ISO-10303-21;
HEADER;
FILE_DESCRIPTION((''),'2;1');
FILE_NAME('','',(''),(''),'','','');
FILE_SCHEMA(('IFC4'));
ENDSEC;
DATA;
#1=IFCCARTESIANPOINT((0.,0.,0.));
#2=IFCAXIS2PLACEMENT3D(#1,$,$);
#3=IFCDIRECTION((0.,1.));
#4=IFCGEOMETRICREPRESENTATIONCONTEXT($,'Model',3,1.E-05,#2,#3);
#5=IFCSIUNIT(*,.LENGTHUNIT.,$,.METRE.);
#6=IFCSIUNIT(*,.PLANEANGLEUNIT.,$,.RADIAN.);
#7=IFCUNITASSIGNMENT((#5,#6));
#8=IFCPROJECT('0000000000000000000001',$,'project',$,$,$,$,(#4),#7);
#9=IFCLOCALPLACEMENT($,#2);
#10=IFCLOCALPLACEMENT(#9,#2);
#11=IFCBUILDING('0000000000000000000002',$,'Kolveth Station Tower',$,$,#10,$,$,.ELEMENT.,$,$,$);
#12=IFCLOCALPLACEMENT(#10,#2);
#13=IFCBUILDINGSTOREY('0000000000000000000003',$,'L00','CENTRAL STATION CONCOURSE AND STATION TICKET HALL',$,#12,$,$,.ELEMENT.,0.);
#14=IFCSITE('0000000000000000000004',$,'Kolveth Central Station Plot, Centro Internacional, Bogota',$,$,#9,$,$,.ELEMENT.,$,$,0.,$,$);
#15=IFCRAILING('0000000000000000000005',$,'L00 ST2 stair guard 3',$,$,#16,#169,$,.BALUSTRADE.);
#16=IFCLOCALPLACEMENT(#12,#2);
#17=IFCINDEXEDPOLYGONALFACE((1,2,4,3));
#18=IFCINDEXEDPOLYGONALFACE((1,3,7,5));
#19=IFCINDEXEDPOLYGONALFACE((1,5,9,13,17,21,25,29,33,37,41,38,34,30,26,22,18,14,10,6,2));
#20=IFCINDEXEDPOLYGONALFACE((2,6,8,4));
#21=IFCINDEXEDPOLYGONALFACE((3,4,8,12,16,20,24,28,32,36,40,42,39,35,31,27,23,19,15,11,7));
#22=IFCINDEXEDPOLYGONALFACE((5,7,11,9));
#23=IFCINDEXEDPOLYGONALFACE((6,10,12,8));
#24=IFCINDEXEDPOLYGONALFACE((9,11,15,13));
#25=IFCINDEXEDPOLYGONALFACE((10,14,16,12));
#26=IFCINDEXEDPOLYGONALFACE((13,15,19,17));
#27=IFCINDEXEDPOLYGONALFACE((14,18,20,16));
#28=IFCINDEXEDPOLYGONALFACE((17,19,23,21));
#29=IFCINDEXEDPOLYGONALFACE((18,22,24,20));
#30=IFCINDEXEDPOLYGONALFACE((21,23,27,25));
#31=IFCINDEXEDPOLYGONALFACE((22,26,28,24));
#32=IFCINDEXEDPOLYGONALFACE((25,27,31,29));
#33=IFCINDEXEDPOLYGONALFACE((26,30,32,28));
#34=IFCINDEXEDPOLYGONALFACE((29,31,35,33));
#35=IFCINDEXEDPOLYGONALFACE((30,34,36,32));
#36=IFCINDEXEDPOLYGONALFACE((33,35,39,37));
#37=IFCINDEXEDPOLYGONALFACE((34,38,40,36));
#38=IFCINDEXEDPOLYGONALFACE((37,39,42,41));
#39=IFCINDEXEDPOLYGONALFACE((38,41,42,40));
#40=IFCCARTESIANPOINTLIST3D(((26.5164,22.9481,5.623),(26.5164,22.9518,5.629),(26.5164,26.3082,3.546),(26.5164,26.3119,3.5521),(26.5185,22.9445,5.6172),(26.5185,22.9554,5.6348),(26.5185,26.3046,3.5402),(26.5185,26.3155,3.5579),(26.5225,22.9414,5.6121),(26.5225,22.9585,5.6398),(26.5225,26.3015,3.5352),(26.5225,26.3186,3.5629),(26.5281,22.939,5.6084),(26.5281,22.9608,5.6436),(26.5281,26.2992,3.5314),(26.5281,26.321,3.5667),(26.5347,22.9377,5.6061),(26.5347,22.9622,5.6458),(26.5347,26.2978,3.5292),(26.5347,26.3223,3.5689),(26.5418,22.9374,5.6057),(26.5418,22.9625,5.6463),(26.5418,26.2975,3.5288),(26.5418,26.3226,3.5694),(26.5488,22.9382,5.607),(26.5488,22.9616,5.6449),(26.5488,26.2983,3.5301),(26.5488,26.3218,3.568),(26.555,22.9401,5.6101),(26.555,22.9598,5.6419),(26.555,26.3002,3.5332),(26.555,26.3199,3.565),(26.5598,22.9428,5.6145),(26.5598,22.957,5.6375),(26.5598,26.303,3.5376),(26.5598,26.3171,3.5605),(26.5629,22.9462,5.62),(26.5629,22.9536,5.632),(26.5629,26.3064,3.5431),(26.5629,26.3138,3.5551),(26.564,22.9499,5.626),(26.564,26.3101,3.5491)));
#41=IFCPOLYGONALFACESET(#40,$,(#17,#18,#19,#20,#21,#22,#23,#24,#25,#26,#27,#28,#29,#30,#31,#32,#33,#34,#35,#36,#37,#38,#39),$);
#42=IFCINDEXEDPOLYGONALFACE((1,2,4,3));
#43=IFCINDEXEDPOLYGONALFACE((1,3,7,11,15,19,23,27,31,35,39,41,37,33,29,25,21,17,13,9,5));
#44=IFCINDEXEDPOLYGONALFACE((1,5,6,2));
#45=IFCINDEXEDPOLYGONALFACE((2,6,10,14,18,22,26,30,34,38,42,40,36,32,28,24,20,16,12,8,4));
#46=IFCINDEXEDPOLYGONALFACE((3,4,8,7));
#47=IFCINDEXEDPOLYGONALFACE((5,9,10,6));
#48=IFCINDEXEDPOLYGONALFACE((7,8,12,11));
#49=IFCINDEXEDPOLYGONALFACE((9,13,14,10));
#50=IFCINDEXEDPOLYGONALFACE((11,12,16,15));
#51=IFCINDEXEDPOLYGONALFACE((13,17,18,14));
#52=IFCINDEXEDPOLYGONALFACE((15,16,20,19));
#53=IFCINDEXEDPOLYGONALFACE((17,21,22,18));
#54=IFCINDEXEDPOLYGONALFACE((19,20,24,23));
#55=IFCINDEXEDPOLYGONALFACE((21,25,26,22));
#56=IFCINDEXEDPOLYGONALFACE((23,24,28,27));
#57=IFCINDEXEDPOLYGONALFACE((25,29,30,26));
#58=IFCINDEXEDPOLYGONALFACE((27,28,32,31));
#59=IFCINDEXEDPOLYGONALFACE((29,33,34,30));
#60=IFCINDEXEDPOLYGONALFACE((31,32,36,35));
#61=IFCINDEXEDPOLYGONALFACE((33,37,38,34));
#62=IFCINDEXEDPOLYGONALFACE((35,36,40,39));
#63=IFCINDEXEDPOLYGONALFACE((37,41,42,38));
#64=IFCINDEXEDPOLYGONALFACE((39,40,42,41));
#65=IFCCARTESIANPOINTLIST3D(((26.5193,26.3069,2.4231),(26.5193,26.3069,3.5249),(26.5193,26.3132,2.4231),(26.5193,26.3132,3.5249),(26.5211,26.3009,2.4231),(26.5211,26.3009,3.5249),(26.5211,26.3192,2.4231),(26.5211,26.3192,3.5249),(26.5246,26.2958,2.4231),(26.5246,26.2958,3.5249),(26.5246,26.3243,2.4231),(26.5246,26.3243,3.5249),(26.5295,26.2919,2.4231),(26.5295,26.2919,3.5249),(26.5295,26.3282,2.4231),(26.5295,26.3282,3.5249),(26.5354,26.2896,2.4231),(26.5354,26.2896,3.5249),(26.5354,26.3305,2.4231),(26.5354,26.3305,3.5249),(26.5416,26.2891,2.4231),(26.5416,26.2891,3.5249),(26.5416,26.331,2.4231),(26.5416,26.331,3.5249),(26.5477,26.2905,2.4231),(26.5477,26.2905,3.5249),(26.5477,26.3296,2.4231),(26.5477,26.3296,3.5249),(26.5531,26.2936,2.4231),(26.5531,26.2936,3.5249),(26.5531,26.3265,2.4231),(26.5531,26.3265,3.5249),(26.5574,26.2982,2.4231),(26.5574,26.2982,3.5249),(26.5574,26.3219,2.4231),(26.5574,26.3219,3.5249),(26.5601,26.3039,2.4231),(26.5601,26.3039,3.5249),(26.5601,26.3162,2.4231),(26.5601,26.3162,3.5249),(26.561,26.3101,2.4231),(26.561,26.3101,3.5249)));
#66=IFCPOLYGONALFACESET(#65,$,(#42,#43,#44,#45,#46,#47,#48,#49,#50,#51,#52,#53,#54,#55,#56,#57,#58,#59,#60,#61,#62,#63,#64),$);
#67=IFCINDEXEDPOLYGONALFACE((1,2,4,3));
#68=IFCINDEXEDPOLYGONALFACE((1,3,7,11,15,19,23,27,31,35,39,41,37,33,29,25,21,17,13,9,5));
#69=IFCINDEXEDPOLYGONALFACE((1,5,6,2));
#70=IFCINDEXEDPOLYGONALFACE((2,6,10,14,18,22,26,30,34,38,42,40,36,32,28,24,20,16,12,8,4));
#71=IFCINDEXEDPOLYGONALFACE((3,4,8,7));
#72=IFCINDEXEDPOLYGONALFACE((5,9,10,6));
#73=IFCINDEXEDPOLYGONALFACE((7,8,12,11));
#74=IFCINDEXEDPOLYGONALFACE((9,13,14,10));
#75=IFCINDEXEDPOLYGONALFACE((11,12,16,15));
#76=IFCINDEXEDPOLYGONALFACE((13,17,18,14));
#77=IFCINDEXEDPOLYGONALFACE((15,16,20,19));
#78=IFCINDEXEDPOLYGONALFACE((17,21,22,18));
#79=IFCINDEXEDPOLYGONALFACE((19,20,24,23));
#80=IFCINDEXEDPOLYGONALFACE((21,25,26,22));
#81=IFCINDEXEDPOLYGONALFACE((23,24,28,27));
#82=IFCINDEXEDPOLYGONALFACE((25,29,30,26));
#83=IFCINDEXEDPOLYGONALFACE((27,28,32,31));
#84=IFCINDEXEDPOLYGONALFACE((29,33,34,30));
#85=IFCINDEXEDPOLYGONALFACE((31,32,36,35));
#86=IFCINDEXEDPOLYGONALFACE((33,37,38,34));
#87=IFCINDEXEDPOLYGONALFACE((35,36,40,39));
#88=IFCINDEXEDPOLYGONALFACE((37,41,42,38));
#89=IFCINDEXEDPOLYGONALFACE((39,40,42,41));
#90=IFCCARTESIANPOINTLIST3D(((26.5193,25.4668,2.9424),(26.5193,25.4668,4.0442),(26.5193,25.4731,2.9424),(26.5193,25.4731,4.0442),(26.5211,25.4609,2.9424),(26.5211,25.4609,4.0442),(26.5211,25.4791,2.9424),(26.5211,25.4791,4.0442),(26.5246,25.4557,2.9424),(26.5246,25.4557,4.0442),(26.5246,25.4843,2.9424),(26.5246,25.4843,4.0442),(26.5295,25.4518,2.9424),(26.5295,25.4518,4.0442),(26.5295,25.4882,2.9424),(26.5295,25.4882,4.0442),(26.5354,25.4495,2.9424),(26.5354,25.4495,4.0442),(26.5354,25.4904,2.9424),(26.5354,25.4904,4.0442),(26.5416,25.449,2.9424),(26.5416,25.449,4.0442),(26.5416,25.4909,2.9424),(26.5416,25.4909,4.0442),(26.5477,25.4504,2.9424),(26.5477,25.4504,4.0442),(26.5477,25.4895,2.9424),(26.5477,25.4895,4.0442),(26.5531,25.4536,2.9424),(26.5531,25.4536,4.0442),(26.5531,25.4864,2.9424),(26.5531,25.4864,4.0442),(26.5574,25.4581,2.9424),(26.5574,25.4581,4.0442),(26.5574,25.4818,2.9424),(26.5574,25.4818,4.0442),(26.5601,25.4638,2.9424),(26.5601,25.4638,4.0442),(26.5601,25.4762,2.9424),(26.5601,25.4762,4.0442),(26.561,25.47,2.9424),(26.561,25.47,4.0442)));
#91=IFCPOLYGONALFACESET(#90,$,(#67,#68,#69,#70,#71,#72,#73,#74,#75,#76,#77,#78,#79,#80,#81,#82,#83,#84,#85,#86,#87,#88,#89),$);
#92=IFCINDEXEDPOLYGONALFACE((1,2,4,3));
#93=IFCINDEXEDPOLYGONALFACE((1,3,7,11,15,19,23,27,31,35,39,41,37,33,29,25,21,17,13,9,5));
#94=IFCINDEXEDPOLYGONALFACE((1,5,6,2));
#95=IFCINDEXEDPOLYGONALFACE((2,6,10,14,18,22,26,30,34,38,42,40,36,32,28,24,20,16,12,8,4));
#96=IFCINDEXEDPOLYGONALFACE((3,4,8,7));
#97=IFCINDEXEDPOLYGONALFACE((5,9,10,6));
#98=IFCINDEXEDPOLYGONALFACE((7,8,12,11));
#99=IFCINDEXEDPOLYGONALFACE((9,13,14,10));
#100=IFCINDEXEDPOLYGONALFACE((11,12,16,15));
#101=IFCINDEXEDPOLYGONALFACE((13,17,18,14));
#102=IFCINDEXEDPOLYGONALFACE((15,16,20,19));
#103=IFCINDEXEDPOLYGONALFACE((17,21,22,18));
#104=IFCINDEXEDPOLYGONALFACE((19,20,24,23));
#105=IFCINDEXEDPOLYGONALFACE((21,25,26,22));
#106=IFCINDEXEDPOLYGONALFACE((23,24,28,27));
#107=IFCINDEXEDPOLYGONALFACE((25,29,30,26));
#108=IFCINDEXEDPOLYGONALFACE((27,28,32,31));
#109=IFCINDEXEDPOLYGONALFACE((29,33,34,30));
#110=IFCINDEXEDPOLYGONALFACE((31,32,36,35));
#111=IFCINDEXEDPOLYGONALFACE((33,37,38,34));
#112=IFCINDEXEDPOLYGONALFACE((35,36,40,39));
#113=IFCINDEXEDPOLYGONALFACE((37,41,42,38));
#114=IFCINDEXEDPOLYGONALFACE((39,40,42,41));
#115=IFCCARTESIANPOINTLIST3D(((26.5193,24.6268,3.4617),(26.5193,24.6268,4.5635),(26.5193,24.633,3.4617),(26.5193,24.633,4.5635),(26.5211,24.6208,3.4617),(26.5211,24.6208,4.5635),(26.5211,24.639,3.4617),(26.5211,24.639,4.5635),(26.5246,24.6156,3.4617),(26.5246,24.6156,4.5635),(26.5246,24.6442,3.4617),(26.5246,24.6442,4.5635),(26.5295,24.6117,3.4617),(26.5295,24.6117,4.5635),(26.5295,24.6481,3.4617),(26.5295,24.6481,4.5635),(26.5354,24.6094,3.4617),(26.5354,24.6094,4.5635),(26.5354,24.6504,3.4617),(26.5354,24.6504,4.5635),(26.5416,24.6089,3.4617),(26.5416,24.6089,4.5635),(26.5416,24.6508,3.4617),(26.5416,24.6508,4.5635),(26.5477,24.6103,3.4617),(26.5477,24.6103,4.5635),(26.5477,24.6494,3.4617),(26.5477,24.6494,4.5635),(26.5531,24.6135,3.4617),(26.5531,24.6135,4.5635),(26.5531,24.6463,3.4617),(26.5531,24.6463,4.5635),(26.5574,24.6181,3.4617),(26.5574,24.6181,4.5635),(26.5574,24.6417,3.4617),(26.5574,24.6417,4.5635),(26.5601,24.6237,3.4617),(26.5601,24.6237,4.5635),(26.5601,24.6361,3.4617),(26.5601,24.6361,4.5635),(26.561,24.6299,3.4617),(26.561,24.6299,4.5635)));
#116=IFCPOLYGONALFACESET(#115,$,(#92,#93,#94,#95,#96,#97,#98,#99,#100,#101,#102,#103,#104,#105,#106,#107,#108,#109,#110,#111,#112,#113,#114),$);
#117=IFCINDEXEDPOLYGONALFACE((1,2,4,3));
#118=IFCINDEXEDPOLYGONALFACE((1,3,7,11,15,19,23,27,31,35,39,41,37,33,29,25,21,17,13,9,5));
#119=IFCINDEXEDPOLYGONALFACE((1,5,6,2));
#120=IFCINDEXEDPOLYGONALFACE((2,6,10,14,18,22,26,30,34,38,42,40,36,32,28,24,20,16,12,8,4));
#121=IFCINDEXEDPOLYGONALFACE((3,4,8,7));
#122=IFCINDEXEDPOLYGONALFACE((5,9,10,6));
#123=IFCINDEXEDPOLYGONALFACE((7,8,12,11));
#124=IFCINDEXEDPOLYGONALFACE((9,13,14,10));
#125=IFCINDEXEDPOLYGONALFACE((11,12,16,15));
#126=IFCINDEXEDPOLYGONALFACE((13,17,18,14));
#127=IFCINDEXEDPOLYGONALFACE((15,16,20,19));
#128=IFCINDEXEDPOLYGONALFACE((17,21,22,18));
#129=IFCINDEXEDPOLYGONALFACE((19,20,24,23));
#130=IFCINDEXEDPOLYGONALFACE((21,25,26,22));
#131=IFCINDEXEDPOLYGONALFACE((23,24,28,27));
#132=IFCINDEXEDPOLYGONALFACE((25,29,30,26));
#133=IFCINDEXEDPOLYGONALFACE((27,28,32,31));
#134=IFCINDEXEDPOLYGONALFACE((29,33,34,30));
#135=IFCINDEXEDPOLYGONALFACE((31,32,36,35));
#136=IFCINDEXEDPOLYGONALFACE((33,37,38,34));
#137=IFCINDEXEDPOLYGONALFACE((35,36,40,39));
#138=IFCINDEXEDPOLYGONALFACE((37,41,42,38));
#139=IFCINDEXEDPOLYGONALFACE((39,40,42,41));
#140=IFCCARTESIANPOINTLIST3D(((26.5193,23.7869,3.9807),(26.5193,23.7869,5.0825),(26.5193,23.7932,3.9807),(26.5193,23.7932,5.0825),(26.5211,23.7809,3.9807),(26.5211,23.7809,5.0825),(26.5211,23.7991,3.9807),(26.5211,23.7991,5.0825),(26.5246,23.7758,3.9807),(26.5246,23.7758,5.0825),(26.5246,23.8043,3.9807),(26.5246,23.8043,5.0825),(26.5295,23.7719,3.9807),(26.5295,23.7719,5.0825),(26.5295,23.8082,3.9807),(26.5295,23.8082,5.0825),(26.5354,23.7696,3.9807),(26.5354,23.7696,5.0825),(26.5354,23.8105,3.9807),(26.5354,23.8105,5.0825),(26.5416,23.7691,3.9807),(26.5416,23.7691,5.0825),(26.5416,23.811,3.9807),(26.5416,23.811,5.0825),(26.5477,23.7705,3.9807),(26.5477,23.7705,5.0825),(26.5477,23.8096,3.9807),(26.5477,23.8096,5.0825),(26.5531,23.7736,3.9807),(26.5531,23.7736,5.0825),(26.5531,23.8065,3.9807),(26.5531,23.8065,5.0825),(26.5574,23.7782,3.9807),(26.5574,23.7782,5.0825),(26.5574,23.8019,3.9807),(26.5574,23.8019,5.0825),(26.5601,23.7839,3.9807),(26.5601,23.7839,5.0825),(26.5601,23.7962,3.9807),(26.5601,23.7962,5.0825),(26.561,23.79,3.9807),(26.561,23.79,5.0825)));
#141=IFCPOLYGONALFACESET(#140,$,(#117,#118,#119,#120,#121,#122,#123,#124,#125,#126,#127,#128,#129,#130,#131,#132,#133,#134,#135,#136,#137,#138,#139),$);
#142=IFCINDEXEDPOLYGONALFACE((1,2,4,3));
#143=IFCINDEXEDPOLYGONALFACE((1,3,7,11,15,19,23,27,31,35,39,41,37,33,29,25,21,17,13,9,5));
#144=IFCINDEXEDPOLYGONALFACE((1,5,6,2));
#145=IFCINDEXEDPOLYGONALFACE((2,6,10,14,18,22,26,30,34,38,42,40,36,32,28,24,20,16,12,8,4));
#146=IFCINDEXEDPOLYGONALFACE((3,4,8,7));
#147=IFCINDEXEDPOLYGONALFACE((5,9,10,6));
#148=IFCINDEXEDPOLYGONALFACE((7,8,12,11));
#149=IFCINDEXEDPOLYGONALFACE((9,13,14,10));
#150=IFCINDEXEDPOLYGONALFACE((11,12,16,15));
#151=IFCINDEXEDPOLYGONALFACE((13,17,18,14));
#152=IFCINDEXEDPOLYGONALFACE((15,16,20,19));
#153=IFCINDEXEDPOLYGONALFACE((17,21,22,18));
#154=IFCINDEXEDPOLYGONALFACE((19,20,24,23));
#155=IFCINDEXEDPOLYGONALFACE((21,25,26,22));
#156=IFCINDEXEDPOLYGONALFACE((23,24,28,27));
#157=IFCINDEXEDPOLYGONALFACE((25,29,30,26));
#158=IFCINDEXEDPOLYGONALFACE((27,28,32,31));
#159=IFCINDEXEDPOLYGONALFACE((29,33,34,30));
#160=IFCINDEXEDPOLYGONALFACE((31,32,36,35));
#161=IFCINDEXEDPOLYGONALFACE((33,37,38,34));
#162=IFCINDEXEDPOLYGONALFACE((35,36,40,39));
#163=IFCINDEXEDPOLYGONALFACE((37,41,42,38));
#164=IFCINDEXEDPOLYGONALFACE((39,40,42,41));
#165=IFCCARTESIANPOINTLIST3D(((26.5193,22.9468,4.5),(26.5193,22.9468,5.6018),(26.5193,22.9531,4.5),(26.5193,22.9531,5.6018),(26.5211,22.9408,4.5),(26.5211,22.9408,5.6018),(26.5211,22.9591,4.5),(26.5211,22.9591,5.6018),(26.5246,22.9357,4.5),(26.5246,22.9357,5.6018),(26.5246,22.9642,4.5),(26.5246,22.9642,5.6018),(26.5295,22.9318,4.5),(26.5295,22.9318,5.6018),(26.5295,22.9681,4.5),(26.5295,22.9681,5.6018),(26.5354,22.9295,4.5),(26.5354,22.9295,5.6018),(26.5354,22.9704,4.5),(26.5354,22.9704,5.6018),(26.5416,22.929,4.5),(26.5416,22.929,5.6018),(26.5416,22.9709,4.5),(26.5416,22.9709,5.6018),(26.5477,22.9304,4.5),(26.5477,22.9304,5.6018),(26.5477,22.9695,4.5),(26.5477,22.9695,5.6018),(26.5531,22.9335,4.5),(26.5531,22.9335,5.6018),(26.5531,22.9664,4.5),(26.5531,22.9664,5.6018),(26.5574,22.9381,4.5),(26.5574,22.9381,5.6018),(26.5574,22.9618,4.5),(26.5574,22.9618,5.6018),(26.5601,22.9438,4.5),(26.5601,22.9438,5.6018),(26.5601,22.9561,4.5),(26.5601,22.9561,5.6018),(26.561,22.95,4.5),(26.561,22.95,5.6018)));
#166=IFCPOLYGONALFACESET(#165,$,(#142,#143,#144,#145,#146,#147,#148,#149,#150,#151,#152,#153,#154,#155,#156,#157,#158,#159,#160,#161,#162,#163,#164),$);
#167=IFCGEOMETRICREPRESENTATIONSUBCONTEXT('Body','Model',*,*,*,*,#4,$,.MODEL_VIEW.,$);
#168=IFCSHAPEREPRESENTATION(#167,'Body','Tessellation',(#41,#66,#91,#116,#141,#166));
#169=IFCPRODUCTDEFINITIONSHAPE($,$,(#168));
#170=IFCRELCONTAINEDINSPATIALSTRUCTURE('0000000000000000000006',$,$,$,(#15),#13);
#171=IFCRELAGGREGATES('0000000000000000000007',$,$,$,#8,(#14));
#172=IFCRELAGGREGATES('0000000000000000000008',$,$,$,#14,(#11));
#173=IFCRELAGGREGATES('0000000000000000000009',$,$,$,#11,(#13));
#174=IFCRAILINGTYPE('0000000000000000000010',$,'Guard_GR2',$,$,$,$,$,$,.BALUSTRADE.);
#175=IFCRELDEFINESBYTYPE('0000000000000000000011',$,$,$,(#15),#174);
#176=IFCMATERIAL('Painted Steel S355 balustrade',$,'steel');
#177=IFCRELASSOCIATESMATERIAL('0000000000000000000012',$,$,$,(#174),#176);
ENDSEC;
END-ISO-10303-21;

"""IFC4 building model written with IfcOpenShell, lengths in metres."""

from ifc_helpers import new_model, si_unit, direction, frame, origin, origin_2d, place, context, subcontext, project, spatial, circle, extrude, material, type_object, element, save


model = new_model("IFC4")

# Units and contexts
model_context = context("Model", 3, precision=1e-05, world=origin(), true_north=direction((0.0, 1.0)))
body_context = subcontext(model_context, "Body", "Model", "MODEL_VIEW")
ifc_project = project(units=[si_unit("LENGTHUNIT", "METRE"), si_unit("PLANEANGLEUNIT", "RADIAN")], contexts=[model_context])

# Site, building, storey
site_placement = place(None, origin())
site = spatial("IfcSite", under=ifc_project, at=site_placement, Name="Kolveth Central Station Plot, Centro Internacional, Bogota", CompositionType="ELEMENT", RefElevation=0.0)
building_placement = place(site_placement, origin())
building = spatial("IfcBuilding", under=site, at=building_placement, Name="Kolveth Station Tower", CompositionType="ELEMENT")
storey_placement = place(building_placement, origin())
storey = spatial("IfcBuildingStorey", under=building, at=storey_placement, Name="L00", Description="CENTRAL STATION CONCOURSE AND STATION TICKET HALL", CompositionType="ELEMENT", Elevation=0.0)

# Railing
ifc_material_1 = material(Name="Painted Steel S355 balustrade", Category="steel")
railing_type_1 = type_object("IfcRailingType", Name="Guard_GR2", PredefinedType="BALUSTRADE", material=ifc_material_1)
railing_1_placement = place(storey_placement, frame((26.54, 26.3101, 2.4231)))
element("IfcRailing", 1, at=railing_1_placement, inside=storey, type_object=railing_type_1, Name="L00 ST2 stair guard 3", PredefinedType="BALUSTRADE", context=body_context, shape_type="SweptSolid", body=[
    extrude(circle(Radius=0.0239, at=origin_2d()), frame((0.0, 0.0, 1.126), z_axis=(0.0, -0.850623, 0.525776), x_axis=(1.0, 0.0, 0.0)), (0.0, 0.0, 1.0), 3.9502),
    extrude(circle(Radius=0.021, at=origin_2d()), origin(), (0.0, 0.0, 1.0), 1.1018),
    extrude(circle(Radius=0.021, at=origin_2d()), frame((0.0, -0.8401, 0.5193)), (0.0, 0.0, 1.0), 1.1018),
    extrude(circle(Radius=0.021, at=origin_2d()), frame((0.0, -1.6802, 1.0386)), (0.0, 0.0, 1.0), 1.1018),
    extrude(circle(Radius=0.021, at=origin_2d()), frame((0.0, -2.52, 1.5576)), (0.0, 0.0, 1.0), 1.1018),
    extrude(circle(Radius=0.021, at=origin_2d()), frame((0.0, -3.3601, 2.0769)), (0.0, 0.0, 1.0), 1.1018),
])

save(model, "model.ifc")
